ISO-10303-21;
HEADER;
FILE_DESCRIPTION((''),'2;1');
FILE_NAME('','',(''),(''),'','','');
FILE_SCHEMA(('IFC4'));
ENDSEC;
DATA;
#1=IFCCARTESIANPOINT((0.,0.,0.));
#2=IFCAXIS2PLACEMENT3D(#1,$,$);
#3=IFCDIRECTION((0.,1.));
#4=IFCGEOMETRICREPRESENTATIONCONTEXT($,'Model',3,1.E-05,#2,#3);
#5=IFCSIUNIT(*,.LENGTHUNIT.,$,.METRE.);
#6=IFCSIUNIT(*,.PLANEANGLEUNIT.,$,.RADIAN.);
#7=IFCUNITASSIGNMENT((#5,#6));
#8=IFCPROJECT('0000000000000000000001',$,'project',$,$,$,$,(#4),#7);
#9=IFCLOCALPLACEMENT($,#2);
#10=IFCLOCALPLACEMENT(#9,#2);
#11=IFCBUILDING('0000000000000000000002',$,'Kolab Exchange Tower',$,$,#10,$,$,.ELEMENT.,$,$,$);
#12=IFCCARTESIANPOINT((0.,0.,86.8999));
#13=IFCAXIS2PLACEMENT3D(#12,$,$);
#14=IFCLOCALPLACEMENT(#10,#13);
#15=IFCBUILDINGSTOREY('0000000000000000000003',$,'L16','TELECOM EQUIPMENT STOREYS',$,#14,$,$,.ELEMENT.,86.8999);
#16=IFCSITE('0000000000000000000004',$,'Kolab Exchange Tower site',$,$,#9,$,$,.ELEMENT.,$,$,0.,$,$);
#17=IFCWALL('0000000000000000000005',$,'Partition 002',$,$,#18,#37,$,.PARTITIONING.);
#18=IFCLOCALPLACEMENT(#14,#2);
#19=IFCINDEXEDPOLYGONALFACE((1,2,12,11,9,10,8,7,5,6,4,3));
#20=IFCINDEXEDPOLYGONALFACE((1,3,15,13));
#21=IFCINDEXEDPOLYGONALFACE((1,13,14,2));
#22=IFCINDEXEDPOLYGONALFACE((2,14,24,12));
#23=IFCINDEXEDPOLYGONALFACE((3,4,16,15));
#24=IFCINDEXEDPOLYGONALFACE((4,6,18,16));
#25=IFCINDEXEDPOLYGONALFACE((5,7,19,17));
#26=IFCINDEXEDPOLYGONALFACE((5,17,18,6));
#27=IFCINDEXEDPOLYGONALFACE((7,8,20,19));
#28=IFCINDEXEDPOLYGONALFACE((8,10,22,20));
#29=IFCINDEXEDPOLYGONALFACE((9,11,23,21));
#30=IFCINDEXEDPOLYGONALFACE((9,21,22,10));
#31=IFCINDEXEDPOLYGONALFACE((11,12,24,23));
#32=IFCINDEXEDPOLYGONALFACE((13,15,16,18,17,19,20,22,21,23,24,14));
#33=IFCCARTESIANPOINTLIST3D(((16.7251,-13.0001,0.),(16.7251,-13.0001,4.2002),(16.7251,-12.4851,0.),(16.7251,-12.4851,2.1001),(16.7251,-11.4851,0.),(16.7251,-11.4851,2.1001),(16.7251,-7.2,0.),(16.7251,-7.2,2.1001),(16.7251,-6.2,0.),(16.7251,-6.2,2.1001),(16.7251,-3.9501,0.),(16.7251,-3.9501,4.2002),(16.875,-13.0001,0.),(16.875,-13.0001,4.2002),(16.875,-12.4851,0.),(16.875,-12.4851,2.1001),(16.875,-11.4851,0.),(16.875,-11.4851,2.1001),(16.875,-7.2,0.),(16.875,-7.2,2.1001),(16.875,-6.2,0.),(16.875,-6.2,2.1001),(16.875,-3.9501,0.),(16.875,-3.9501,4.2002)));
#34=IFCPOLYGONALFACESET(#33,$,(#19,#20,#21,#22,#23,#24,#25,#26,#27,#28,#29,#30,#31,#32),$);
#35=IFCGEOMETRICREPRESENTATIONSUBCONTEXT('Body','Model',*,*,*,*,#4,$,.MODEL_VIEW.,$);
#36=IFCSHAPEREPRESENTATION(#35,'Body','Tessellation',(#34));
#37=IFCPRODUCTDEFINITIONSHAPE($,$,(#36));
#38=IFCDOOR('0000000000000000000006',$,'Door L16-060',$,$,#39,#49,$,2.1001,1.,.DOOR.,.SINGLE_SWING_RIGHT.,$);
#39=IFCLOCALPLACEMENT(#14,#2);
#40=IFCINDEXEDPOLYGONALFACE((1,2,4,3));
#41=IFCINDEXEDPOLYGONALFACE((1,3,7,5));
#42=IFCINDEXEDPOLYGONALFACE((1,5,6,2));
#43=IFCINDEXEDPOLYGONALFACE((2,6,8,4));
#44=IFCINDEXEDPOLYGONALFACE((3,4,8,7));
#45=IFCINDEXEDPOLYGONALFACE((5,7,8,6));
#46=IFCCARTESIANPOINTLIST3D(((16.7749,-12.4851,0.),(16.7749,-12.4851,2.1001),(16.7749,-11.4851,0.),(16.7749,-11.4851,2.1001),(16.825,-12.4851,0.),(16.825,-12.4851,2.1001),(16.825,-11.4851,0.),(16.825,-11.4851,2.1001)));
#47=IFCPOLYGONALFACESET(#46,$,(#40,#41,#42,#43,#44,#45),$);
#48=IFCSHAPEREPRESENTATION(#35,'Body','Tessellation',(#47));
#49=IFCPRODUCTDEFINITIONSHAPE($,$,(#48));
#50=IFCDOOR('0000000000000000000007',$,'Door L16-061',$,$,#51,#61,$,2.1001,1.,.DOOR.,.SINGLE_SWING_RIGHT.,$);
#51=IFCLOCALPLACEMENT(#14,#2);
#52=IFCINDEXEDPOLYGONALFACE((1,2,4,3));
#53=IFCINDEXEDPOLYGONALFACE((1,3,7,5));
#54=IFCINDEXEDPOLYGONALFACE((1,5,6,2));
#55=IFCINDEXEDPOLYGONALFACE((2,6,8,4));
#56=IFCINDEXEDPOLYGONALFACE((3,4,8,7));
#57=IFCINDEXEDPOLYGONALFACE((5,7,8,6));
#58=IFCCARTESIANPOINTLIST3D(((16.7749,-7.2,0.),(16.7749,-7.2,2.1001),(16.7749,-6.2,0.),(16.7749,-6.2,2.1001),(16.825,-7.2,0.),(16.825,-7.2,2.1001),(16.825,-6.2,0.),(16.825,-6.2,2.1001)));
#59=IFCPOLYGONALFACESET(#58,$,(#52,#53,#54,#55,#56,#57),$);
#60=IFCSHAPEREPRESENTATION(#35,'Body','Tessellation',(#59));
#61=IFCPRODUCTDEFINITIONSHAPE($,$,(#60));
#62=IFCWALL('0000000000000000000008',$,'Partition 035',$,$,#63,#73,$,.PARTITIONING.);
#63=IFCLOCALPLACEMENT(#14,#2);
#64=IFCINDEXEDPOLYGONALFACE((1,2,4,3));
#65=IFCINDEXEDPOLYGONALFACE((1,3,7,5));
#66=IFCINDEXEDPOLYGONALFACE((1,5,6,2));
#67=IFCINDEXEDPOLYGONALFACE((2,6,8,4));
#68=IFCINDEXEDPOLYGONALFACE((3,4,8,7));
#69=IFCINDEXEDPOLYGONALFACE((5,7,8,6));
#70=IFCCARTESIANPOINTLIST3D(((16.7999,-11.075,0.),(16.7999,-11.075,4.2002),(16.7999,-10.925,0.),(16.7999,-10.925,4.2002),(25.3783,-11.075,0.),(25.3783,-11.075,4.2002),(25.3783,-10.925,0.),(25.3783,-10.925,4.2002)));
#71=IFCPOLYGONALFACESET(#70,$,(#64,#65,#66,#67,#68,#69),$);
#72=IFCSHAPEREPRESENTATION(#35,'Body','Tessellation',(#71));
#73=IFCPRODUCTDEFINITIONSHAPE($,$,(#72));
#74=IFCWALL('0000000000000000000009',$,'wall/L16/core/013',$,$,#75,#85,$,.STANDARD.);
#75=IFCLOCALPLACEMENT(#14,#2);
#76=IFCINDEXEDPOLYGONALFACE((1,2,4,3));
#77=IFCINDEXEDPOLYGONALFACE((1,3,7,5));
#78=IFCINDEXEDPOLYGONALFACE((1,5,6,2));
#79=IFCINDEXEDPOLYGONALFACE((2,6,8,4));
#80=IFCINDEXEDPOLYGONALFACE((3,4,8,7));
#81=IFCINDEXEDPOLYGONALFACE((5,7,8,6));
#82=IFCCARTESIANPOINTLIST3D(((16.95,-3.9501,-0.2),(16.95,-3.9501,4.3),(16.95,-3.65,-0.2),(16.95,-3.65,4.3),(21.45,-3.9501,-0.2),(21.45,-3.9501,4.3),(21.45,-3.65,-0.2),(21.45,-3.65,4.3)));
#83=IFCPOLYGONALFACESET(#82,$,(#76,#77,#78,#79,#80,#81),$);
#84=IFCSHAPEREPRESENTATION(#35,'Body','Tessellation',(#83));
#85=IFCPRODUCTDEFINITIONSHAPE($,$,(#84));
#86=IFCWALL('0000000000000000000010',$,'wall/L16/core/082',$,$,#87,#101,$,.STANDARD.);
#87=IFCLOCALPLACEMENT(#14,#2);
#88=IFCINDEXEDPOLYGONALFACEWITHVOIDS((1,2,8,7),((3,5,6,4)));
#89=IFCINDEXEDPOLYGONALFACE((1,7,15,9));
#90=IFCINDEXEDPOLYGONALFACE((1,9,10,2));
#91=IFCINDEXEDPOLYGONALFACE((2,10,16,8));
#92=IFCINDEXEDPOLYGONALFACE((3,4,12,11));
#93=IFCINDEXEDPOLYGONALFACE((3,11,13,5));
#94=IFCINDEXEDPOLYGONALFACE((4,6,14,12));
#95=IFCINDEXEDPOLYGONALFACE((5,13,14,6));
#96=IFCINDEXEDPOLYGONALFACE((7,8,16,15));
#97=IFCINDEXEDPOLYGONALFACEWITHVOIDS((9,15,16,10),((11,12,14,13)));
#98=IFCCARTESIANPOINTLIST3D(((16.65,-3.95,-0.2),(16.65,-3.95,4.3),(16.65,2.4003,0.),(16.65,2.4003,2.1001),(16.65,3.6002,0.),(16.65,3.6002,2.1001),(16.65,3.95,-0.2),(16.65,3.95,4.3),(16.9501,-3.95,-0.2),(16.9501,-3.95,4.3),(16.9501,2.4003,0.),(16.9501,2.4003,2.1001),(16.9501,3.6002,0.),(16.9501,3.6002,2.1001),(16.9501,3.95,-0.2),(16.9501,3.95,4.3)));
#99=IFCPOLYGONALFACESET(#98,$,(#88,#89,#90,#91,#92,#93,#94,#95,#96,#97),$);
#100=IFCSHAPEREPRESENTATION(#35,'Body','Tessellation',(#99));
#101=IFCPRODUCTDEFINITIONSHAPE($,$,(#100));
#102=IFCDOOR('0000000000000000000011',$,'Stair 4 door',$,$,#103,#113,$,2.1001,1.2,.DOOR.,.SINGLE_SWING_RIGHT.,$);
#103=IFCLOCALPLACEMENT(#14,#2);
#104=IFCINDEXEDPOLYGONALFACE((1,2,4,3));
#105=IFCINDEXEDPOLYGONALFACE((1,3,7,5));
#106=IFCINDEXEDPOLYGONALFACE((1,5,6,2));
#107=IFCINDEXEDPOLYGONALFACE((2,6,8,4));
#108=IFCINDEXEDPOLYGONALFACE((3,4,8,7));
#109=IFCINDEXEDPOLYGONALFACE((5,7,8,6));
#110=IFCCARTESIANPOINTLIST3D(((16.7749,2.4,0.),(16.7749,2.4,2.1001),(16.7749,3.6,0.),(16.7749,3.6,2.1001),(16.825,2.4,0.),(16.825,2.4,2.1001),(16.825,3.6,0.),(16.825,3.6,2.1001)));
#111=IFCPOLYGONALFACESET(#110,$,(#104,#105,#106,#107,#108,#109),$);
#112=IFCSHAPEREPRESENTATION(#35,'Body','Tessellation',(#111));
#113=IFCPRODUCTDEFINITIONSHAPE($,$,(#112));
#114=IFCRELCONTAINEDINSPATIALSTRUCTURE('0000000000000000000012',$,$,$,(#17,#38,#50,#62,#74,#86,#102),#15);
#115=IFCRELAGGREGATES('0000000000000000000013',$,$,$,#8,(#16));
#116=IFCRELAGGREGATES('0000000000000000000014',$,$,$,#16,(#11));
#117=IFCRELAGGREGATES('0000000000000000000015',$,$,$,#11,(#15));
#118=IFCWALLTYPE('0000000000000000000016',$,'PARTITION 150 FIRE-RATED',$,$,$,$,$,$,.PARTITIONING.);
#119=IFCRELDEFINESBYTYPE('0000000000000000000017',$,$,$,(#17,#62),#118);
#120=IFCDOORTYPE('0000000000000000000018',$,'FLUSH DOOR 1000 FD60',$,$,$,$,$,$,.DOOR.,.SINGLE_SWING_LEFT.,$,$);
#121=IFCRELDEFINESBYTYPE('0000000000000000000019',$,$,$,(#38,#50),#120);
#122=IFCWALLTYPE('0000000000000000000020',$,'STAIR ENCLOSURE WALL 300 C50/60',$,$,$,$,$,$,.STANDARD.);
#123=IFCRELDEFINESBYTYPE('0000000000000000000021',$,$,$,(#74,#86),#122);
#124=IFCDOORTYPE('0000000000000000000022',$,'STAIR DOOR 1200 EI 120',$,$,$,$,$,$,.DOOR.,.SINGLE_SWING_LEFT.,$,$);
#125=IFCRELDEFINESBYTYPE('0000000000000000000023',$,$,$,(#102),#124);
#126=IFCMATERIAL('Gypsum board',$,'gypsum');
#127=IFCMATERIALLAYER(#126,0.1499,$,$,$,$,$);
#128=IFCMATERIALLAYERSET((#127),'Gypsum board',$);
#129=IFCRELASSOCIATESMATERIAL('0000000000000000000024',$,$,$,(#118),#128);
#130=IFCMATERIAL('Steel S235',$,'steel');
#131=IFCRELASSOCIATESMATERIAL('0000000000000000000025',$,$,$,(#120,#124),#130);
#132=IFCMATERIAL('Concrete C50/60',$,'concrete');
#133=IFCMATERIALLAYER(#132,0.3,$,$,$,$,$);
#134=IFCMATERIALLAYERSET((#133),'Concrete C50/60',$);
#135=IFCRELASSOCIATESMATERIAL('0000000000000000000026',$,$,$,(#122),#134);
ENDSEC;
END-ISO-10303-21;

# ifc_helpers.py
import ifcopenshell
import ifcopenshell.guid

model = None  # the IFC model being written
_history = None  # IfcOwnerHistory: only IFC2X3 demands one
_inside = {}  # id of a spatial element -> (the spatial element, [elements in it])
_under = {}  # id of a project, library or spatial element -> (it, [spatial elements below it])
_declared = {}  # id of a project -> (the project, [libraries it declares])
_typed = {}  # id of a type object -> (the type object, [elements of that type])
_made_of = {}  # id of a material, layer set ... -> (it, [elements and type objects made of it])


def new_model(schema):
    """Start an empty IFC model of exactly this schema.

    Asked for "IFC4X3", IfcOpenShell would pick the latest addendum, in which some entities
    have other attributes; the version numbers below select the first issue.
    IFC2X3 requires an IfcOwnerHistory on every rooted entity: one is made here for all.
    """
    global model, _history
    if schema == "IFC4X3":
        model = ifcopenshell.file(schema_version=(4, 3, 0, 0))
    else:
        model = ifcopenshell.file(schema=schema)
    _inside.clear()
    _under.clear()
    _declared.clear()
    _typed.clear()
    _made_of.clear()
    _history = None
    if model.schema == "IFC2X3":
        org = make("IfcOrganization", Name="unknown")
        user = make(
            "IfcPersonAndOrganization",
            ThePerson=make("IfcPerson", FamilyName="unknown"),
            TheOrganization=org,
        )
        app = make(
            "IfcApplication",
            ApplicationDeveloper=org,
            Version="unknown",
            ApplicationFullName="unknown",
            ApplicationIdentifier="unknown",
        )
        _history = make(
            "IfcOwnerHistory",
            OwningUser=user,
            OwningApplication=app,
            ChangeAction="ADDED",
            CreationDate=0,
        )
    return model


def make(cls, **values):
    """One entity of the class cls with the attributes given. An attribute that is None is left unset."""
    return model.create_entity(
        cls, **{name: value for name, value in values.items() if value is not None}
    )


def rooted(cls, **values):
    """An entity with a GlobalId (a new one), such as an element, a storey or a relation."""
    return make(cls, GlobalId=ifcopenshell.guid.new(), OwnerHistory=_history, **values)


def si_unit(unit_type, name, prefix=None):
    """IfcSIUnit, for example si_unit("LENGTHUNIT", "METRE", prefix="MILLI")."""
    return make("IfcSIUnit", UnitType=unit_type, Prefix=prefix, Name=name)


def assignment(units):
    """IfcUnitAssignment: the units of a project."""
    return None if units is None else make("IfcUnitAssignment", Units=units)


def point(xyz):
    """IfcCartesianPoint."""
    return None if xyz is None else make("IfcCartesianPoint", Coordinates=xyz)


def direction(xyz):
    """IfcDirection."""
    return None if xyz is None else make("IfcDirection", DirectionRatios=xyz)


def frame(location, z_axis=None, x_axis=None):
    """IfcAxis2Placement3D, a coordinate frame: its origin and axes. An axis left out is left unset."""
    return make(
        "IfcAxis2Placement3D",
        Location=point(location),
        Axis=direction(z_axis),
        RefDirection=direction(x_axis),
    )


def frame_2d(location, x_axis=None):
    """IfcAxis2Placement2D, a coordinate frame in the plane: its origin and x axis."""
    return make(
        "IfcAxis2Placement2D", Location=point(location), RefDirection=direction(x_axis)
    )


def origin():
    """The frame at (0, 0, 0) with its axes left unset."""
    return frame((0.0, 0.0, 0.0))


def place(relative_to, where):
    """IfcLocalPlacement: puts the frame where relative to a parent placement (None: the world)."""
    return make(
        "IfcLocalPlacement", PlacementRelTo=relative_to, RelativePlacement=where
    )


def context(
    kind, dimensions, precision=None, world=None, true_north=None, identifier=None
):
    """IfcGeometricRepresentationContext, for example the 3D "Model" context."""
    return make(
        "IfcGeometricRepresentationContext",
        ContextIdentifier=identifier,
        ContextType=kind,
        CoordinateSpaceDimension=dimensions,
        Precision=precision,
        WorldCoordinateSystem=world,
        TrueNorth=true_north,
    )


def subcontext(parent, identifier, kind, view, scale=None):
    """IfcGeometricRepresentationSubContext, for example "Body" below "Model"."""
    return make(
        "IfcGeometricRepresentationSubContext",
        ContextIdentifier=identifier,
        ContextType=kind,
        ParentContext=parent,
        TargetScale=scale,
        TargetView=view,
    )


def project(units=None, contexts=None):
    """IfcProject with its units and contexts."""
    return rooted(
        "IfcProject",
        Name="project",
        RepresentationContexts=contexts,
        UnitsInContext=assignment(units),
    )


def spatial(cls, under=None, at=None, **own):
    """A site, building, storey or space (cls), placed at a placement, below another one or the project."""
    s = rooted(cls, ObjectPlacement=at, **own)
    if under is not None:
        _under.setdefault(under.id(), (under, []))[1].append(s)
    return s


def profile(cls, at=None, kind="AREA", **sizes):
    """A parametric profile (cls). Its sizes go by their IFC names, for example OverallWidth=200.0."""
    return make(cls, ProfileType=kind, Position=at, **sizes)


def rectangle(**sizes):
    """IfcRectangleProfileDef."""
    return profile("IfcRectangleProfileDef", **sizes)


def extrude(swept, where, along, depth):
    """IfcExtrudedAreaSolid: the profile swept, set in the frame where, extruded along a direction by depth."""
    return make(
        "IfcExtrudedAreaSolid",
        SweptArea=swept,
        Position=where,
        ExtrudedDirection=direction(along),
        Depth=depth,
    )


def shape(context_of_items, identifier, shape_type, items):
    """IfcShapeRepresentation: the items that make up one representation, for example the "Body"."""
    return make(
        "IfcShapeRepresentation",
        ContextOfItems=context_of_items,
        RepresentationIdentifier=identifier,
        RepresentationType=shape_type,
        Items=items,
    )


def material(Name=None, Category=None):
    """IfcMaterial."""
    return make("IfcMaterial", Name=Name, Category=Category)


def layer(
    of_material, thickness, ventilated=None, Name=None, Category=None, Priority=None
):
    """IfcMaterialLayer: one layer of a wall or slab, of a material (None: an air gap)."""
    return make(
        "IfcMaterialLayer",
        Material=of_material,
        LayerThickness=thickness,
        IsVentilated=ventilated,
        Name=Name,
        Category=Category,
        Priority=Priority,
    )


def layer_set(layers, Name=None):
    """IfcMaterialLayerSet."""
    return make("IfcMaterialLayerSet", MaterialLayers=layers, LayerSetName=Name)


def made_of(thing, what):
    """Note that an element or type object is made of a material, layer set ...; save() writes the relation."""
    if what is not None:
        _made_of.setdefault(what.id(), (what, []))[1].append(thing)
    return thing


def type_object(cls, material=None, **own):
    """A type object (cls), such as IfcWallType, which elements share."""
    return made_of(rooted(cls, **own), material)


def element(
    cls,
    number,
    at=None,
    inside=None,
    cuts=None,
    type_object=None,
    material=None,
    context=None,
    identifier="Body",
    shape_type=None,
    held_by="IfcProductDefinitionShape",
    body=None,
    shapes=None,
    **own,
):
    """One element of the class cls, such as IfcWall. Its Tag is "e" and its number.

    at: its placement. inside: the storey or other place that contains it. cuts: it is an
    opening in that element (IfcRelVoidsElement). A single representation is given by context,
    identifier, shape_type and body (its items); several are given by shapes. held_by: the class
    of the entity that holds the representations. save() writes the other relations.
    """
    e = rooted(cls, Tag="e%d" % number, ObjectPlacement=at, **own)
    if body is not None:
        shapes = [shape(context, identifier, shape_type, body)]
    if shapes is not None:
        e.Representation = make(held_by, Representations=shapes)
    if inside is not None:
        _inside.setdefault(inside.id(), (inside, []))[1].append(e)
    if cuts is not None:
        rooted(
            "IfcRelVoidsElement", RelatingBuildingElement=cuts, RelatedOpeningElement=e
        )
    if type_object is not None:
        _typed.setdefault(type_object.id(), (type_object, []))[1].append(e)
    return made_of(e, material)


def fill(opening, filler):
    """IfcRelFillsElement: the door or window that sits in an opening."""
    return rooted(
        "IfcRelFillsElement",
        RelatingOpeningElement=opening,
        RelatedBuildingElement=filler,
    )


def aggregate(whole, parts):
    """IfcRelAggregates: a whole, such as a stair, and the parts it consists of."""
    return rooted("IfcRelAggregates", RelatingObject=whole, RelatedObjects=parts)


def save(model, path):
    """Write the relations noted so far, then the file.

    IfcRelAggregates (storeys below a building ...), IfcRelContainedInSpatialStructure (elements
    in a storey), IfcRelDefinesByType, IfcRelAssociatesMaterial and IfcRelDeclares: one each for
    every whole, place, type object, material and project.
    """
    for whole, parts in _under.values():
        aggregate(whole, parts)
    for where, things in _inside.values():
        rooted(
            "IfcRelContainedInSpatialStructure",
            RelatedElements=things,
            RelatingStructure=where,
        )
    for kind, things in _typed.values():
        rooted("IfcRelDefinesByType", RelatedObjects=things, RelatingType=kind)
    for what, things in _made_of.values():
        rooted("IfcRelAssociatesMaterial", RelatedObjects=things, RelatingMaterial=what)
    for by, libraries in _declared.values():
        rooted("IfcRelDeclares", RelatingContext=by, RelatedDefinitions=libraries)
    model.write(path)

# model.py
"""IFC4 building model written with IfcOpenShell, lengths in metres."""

from ifc_helpers import new_model, si_unit, direction, frame, frame_2d, origin, place, context, subcontext, project, spatial, rectangle, extrude, material, layer, layer_set, type_object, element, fill, save


model = new_model("IFC4")

# Units and contexts
model_context = context("Model", 3, precision=1e-05, world=origin(), true_north=direction((0.0, 1.0)))
body_context = subcontext(model_context, "Body", "Model", "MODEL_VIEW")
ifc_project = project(units=[si_unit("LENGTHUNIT", "METRE"), si_unit("PLANEANGLEUNIT", "RADIAN")], contexts=[model_context])

# Site, building, storey
site_placement = place(None, origin())
site = spatial("IfcSite", under=ifc_project, at=site_placement, Name="Kolab Exchange Tower site", CompositionType="ELEMENT", RefElevation=0.0)
building_placement = place(site_placement, origin())
building = spatial("IfcBuilding", under=site, at=building_placement, Name="Kolab Exchange Tower", CompositionType="ELEMENT")
storey_placement = place(building_placement, frame((0.0, 0.0, 86.8999)))
storey = spatial("IfcBuildingStorey", under=building, at=storey_placement, Name="L16", Description="TELECOM EQUIPMENT STOREYS", CompositionType="ELEMENT", Elevation=86.8999)

# Shared definitions
ifc_material_1 = material(Name="Concrete C50/60", Category="concrete")
ifc_material_2 = material(Name="Gypsum board", Category="gypsum")

# Wall, openings, doors
ifc_layer_1 = layer(ifc_material_2, 0.1499)
ifc_layer_set_1 = layer_set([ifc_layer_1], Name="Gypsum board")
wall_type_1 = type_object("IfcWallType", Name="PARTITION 150 FIRE-RATED", PredefinedType="PARTITIONING", material=ifc_layer_set_1)
wall_1_placement = place(storey_placement, frame((16.8, -13.0, 0.0), z_axis=(0.0, 0.0, 1.0), x_axis=(0.0, 1.0, 0.0)))
wall_1 = element("IfcWall", 1, at=wall_1_placement, inside=storey, type_object=wall_type_1, Name="Partition 002", PredefinedType="PARTITIONING", context=body_context, shape_type="SweptSolid", body=[
    extrude(rectangle(XDim=9.05, YDim=0.1499, at=frame_2d((4.5249, 0.0))), origin(), (0.0, 0.0, 1.0), 4.2002),
])
opening_1_placement = place(wall_1_placement, frame((0.5149, 0.0, 0.0)))
opening_1 = element("IfcOpeningElement", 2, at=opening_1_placement, cuts=wall_1, PredefinedType="OPENING", context=body_context, shape_type="SweptSolid", body=[
    extrude(rectangle(XDim=1.0, YDim=2.1001, at=frame_2d((0.5, 1.05))), frame((0.0, 0.085, 0.0), z_axis=(0.0, -1.0, 0.0), x_axis=(1.0, 0.0, 0.0)), (0.0, 0.0, 1.0), 0.1699),
])
opening_2_placement = place(wall_1_placement, frame((5.8, 0.0, 0.0)))
opening_2 = element("IfcOpeningElement", 3, at=opening_2_placement, cuts=wall_1, PredefinedType="OPENING", context=body_context, shape_type="SweptSolid", body=[
    extrude(rectangle(XDim=1.0, YDim=2.1001, at=frame_2d((0.5, 1.05))), frame((0.0, 0.085, 0.0), z_axis=(0.0, -1.0, 0.0), x_axis=(1.0, 0.0, 0.0)), (0.0, 0.0, 1.0), 0.1699),
])
ifc_material_3 = material(Name="Steel S235", Category="steel")
door_type_1 = type_object("IfcDoorType", Name="FLUSH DOOR 1000 FD60", OperationType="SINGLE_SWING_LEFT", PredefinedType="DOOR", material=ifc_material_3)
door_1_placement = place(opening_1_placement, frame((1.0, 0.0, 0.0), z_axis=(0.0, 0.0, 1.0), x_axis=(-1.0, 0.0, 0.0)))
door_1 = element("IfcDoor", 4, at=door_1_placement, inside=storey, type_object=door_type_1, Name="Door L16-060", OperationType="SINGLE_SWING_RIGHT", OverallHeight=2.1001, OverallWidth=1.0, PredefinedType="DOOR", context=body_context, shape_type="SweptSolid", body=[
    extrude(rectangle(XDim=1.0, YDim=2.1001, at=frame_2d((0.5, 1.05))), frame((0.0, 0.0249, 0.0), z_axis=(0.0, -1.0, 0.0), x_axis=(1.0, 0.0, 0.0)), (0.0, 0.0, 1.0), 0.05),
])
fill(opening_1, door_1)
door_2_placement = place(opening_2_placement, frame((1.0, 0.0, 0.0), z_axis=(0.0, 0.0, 1.0), x_axis=(-1.0, 0.0, 0.0)))
door_2 = element("IfcDoor", 5, at=door_2_placement, inside=storey, type_object=door_type_1, Name="Door L16-061", OperationType="SINGLE_SWING_RIGHT", OverallHeight=2.1001, OverallWidth=1.0, PredefinedType="DOOR", context=body_context, shape_type="SweptSolid", body=[
    extrude(rectangle(XDim=1.0, YDim=2.1001, at=frame_2d((0.5, 1.05))), frame((0.0, 0.0249, 0.0), z_axis=(0.0, -1.0, 0.0), x_axis=(1.0, 0.0, 0.0)), (0.0, 0.0, 1.0), 0.05),
])
fill(opening_2, door_2)

# Walls
wall_2_placement = place(storey_placement, frame((16.8, -11.0, 0.0), z_axis=(0.0, 0.0, 1.0), x_axis=(1.0, 0.0, 0.0)))
element("IfcWall", 6, at=wall_2_placement, inside=storey, type_object=wall_type_1, Name="Partition 035", PredefinedType="PARTITIONING", context=body_context, shape_type="SweptSolid", body=[
    extrude(rectangle(XDim=8.5784, YDim=0.1499, at=frame_2d((4.2891, 0.0))), origin(), (0.0, 0.0, 1.0), 4.2002),
])
ifc_layer_2 = layer(ifc_material_1, 0.3)
ifc_layer_set_2 = layer_set([ifc_layer_2], Name="Concrete C50/60")
wall_type_2 = type_object("IfcWallType", Name="STAIR ENCLOSURE WALL 300 C50/60", PredefinedType="STANDARD", material=ifc_layer_set_2)
wall_3_placement = place(storey_placement, frame((16.95, -3.8, -0.2), z_axis=(0.0, 0.0, 1.0), x_axis=(1.0, 0.0, 0.0)))
element("IfcWall", 7, at=wall_3_placement, inside=storey, type_object=wall_type_2, Name="wall/L16/core/013", PredefinedType="STANDARD", context=body_context, shape_type="SweptSolid", body=[
    extrude(rectangle(XDim=4.5, YDim=0.3, at=frame_2d((2.25, 0.0))), origin(), (0.0, 0.0, 1.0), 4.5),
])

# Wall, opening, door
wall_4_placement = place(storey_placement, frame((16.8, -3.95, -0.2), z_axis=(0.0, 0.0, 1.0), x_axis=(0.0, 1.0, 0.0)))
wall_4 = element("IfcWall", 8, at=wall_4_placement, inside=storey, type_object=wall_type_2, Name="wall/L16/core/082", PredefinedType="STANDARD", context=body_context, shape_type="SweptSolid", body=[
    extrude(rectangle(XDim=7.8999, YDim=0.3, at=frame_2d((3.95, 0.0))), origin(), (0.0, 0.0, 1.0), 4.5),
])
opening_3_placement = place(wall_4_placement, frame((6.3501, 0.0, 0.2)))
opening_3 = element("IfcOpeningElement", 9, at=opening_3_placement, cuts=wall_4, PredefinedType="OPENING", context=body_context, shape_type="SweptSolid", body=[
    extrude(rectangle(XDim=1.2, YDim=2.1001, at=frame_2d((0.6001, 1.05))), frame((0.0, 0.1602, 0.0), z_axis=(0.0, -1.0, 0.0), x_axis=(1.0, 0.0, 0.0)), (0.0, 0.0, 1.0), 0.3201),
])
door_type_2 = type_object("IfcDoorType", Name="STAIR DOOR 1200 EI 120", OperationType="SINGLE_SWING_LEFT", PredefinedType="DOOR", material=ifc_material_3)
door_3_placement = place(opening_3_placement, frame((1.2, 0.0, 0.0), z_axis=(0.0, 0.0, 1.0), x_axis=(-1.0, 0.0, 0.0)))
door_3 = element("IfcDoor", 10, at=door_3_placement, inside=storey, type_object=door_type_2, Name="Stair 4 door", OperationType="SINGLE_SWING_RIGHT", OverallHeight=2.1001, OverallWidth=1.2, PredefinedType="DOOR", context=body_context, shape_type="SweptSolid", body=[
    extrude(rectangle(XDim=1.2, YDim=2.1001, at=frame_2d((0.6001, 1.05))), frame((0.0, 0.0249, 0.0), z_axis=(0.0, -1.0, 0.0), x_axis=(1.0, 0.0, 0.0)), (0.0, 0.0, 1.0), 0.05),
])
fill(opening_3, door_3)

save(model, "model.ifc")
